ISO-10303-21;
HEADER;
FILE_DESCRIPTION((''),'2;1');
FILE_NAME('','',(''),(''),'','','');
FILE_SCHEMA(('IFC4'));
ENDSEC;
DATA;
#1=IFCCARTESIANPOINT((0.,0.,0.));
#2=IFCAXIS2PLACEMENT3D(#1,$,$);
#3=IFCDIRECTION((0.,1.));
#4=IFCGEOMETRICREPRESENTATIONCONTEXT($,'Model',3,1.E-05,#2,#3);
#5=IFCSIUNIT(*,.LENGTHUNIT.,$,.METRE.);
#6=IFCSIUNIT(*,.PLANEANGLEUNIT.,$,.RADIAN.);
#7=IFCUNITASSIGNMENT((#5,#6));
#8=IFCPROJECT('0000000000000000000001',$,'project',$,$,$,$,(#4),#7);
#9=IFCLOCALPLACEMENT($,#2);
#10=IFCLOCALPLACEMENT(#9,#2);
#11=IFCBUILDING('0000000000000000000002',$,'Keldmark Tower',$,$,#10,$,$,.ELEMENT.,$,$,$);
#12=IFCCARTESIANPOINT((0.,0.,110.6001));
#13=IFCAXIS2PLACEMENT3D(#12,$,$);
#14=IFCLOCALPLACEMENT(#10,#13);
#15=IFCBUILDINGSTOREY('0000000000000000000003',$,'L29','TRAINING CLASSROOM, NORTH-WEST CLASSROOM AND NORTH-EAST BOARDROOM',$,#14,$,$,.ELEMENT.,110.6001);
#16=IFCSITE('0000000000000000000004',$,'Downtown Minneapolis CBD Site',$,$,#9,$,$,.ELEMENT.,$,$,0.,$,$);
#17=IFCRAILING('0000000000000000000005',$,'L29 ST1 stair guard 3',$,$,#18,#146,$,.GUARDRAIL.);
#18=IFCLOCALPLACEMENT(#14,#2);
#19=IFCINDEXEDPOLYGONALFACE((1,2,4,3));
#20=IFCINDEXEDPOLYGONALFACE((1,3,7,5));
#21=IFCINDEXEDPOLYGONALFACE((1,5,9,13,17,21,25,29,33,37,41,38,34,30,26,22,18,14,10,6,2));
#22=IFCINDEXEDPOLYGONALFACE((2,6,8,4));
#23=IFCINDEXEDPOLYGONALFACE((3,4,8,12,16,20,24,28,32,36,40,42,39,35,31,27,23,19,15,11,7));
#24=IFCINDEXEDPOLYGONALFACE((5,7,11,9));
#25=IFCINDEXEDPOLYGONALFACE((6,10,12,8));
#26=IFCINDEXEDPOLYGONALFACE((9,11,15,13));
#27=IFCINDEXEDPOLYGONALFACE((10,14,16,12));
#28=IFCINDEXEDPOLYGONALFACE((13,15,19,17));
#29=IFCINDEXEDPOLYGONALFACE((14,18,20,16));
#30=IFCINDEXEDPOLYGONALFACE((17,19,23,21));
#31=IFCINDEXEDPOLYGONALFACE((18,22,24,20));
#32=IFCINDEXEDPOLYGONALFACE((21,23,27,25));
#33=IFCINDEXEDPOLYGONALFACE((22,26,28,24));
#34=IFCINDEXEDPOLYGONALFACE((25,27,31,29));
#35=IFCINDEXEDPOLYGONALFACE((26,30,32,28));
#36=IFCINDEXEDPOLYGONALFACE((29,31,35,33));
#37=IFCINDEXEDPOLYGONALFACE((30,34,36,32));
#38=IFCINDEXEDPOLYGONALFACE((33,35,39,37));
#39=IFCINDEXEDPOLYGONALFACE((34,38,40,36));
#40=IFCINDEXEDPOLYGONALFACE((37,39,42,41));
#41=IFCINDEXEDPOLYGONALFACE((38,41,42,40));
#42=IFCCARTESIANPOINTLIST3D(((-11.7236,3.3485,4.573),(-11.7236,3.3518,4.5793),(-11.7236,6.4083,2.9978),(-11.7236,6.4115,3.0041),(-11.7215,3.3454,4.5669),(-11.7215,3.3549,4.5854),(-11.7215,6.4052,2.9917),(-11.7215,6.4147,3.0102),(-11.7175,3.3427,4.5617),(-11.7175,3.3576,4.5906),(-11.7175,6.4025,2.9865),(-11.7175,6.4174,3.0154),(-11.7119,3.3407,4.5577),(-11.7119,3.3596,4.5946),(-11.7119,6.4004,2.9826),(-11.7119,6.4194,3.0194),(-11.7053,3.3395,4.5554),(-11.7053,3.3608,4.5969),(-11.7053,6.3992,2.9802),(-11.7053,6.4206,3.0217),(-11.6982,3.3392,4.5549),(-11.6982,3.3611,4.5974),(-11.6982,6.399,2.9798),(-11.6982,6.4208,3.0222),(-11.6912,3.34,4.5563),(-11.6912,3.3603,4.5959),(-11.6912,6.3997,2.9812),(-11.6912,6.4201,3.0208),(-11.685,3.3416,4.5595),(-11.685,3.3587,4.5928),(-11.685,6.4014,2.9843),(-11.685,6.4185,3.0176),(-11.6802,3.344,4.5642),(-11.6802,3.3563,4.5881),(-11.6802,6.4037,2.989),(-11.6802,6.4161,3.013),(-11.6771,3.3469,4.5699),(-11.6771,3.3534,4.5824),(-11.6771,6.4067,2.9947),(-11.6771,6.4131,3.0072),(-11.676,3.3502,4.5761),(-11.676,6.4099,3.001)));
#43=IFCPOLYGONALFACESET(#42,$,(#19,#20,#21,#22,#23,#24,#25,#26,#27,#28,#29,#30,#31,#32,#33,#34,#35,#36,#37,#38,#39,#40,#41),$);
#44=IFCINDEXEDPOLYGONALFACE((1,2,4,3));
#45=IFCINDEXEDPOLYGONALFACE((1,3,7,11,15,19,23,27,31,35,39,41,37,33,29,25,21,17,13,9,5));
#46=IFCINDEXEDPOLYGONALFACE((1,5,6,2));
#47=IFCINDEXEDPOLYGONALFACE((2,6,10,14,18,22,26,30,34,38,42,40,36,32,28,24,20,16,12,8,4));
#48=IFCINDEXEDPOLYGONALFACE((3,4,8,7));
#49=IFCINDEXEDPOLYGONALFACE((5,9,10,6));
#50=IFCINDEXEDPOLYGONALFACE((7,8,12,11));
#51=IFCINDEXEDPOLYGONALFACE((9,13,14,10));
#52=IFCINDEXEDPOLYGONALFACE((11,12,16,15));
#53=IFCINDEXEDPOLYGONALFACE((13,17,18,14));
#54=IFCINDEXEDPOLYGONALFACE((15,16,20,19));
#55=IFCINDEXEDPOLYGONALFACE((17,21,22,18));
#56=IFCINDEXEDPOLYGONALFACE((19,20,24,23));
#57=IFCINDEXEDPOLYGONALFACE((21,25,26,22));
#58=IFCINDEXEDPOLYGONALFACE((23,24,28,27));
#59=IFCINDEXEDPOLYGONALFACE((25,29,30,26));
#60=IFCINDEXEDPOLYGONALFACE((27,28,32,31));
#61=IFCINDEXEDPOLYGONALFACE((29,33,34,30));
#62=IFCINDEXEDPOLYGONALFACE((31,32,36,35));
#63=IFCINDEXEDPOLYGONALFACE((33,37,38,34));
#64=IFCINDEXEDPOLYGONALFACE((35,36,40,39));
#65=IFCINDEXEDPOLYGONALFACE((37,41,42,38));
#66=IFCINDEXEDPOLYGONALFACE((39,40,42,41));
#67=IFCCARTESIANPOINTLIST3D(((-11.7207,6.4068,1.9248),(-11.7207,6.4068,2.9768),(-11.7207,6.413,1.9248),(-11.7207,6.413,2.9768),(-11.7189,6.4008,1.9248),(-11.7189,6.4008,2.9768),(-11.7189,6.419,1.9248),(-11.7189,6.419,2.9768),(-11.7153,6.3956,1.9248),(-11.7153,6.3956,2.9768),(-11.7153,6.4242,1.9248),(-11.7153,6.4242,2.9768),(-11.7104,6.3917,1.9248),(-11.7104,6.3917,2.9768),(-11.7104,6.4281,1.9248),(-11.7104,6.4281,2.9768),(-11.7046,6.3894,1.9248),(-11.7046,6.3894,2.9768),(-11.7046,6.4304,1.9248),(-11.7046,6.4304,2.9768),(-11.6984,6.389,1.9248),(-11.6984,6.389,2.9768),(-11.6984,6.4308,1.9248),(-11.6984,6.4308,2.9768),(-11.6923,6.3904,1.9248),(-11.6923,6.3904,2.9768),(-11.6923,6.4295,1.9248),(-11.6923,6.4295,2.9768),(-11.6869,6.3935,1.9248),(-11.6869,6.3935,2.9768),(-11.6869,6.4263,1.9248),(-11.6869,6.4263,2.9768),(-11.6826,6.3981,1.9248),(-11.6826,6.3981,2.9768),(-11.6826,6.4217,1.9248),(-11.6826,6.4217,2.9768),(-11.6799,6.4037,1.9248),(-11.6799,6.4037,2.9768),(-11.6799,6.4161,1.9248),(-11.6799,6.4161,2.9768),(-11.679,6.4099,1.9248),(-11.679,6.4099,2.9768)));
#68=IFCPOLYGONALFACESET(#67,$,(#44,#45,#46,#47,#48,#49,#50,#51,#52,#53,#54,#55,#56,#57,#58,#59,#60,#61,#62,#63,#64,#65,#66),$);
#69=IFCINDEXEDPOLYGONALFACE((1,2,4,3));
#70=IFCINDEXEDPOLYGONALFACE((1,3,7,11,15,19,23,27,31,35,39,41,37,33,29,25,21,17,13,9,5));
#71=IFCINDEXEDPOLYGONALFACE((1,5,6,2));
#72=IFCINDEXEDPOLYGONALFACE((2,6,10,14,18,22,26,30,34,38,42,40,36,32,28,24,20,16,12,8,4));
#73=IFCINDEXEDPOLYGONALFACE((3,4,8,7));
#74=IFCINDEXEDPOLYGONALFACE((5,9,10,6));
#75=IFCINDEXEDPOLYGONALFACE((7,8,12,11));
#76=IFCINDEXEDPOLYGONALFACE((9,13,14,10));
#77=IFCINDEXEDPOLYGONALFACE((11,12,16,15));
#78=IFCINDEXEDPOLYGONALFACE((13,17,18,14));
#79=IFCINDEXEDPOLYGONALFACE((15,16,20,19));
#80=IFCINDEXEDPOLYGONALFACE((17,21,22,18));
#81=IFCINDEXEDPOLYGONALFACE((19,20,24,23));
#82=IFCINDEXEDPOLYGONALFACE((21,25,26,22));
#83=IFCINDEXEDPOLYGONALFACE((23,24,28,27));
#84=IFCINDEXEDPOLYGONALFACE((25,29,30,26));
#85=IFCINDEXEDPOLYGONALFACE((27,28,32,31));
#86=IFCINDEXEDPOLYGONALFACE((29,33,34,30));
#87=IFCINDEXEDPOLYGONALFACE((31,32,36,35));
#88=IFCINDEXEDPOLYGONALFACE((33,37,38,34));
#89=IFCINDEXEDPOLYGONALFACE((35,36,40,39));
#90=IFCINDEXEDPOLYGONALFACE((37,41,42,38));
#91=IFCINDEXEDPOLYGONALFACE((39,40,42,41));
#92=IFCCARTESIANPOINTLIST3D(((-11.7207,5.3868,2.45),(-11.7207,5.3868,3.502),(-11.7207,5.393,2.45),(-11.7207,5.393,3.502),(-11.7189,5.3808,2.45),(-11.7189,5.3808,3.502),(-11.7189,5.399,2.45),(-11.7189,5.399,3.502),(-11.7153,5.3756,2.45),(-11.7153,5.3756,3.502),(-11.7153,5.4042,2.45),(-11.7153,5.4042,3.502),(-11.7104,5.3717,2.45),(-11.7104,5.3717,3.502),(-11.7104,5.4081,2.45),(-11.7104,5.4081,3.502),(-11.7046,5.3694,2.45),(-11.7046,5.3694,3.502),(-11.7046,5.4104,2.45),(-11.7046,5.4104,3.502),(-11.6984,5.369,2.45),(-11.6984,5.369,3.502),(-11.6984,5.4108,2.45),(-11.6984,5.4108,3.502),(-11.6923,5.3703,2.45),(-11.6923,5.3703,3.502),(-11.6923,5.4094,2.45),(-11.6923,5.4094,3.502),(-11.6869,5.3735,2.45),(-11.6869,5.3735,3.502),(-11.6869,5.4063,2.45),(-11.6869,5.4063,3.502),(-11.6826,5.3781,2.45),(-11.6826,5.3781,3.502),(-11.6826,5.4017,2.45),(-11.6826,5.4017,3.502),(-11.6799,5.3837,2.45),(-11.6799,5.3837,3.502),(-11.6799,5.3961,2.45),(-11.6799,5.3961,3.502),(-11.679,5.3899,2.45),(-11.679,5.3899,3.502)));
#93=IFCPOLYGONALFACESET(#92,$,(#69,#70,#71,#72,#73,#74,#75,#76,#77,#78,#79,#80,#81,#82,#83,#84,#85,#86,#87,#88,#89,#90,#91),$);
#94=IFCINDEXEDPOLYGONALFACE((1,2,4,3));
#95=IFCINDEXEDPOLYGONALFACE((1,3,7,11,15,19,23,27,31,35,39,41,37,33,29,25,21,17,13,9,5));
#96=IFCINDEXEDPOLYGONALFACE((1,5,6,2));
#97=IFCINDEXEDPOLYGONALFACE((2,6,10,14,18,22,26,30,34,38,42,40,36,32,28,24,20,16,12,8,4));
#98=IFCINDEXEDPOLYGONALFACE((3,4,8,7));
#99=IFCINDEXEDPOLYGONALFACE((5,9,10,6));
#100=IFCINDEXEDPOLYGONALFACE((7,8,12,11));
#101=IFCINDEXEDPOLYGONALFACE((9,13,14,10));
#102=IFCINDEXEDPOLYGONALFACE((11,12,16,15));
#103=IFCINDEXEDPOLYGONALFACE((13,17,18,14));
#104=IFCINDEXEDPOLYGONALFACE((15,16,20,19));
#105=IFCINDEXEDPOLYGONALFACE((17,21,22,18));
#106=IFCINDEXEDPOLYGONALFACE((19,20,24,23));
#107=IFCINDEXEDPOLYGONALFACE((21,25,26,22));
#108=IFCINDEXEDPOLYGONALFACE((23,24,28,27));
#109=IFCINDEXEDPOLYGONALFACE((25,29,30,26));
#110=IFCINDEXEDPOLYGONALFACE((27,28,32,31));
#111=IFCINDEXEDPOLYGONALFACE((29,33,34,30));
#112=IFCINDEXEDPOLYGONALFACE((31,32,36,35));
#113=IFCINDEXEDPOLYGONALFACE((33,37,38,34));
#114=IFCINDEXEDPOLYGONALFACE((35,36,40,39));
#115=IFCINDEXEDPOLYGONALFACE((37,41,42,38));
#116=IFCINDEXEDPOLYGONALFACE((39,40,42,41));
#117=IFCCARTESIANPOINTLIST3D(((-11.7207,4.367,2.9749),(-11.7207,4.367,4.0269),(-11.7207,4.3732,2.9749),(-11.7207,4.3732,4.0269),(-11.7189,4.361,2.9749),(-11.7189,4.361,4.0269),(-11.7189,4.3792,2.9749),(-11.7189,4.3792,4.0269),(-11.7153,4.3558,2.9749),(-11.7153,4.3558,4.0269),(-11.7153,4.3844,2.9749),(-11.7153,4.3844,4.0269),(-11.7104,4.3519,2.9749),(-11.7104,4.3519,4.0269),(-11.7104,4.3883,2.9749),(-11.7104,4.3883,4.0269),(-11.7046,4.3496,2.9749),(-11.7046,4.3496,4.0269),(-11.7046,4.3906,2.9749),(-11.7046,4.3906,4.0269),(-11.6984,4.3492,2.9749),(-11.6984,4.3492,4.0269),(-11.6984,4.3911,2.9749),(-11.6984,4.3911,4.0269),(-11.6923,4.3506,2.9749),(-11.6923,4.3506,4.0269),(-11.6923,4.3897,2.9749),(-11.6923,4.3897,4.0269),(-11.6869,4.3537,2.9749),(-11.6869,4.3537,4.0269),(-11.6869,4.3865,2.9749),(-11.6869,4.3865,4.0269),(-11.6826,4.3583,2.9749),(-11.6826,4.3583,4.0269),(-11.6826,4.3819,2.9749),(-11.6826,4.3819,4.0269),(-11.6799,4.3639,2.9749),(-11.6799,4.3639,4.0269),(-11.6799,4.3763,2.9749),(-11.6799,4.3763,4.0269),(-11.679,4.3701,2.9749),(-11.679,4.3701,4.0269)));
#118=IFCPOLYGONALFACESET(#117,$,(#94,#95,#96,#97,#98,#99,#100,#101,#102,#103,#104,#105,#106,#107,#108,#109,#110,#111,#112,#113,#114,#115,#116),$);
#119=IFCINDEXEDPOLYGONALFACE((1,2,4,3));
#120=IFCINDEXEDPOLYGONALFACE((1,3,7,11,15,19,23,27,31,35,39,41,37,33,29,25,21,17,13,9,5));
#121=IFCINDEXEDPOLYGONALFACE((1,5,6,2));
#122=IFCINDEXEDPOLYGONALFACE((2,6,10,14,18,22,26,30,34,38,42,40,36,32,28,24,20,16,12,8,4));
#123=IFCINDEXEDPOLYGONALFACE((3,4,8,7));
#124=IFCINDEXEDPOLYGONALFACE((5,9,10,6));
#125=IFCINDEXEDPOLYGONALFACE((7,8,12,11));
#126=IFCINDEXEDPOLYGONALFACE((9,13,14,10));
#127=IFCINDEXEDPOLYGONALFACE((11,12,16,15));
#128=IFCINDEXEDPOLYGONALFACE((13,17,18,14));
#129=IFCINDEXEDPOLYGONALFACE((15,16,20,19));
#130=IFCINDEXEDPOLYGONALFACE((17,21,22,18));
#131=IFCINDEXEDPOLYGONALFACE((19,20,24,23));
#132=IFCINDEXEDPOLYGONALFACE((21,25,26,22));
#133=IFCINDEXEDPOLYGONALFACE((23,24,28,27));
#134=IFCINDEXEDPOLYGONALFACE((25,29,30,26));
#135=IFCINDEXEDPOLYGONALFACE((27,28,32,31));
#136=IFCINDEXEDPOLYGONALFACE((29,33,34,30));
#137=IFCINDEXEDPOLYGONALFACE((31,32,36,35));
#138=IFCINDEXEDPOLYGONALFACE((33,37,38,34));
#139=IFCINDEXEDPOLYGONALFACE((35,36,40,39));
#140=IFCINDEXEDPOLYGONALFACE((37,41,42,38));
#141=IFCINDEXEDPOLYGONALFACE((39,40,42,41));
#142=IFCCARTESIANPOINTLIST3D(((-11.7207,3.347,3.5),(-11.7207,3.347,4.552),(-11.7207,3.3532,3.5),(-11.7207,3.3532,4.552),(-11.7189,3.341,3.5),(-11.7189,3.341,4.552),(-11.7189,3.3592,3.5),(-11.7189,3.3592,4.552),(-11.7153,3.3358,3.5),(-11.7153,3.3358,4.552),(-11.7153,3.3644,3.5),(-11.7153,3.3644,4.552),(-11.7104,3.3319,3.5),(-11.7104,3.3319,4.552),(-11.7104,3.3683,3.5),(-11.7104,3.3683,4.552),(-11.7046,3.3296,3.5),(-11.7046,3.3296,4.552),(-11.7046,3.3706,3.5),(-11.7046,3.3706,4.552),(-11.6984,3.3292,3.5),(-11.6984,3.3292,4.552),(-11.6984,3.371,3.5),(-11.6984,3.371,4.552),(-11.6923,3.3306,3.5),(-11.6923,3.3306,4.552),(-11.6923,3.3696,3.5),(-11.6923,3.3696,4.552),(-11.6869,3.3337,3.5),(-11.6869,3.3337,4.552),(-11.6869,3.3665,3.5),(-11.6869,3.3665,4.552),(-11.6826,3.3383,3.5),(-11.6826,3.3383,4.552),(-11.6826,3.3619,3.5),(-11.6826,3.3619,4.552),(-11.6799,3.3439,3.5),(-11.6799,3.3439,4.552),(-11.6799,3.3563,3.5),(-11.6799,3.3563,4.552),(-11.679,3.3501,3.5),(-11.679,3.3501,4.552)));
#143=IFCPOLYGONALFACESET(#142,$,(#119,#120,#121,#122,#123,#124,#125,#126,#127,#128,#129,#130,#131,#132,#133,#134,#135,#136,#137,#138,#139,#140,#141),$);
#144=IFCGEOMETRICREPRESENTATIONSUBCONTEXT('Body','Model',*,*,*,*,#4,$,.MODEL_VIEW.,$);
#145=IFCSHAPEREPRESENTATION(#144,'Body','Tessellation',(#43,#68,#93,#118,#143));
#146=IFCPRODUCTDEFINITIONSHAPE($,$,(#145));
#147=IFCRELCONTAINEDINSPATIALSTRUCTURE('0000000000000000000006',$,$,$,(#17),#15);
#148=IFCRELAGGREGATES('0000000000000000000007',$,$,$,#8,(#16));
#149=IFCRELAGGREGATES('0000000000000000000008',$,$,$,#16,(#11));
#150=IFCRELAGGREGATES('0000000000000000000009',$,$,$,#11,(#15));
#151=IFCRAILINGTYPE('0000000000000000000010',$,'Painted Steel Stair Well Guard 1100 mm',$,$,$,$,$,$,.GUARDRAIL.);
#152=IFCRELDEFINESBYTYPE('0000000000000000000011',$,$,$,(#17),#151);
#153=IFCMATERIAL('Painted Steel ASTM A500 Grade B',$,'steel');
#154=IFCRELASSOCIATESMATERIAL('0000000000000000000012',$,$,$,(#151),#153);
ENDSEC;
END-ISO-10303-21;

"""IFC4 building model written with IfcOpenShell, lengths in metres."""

from ifc_helpers import new_model, si_unit, direction, frame, origin, origin_2d, place, context, subcontext, project, spatial, circle, extrude, material, type_object, element, save


model = new_model("IFC4")

# Units and contexts
model_context = context("Model", 3, precision=1e-05, world=origin(), true_north=direction((0.0, 1.0)))
body_context = subcontext(model_context, "Body", "Model", "MODEL_VIEW")
ifc_project = project(units=[si_unit("LENGTHUNIT", "METRE"), si_unit("PLANEANGLEUNIT", "RADIAN")], contexts=[model_context])

# Site, building, storey
site_placement = place(None, origin())
site = spatial("IfcSite", under=ifc_project, at=site_placement, Name="Downtown Minneapolis CBD Site", CompositionType="ELEMENT", RefElevation=0.0)
building_placement = place(site_placement, origin())
building = spatial("IfcBuilding", under=site, at=building_placement, Name="Keldmark Tower", CompositionType="ELEMENT")
storey_placement = place(building_placement, frame((0.0, 0.0, 110.6001)))
storey = spatial("IfcBuildingStorey", under=building, at=storey_placement, Name="L29", Description="TRAINING CLASSROOM, NORTH-WEST CLASSROOM AND NORTH-EAST BOARDROOM", CompositionType="ELEMENT", Elevation=110.6001)

# Railing
ifc_material_1 = material(Name="Painted Steel ASTM A500 Grade B", Category="steel")
railing_type_1 = type_object("IfcRailingType", Name="Painted Steel Stair Well Guard 1100 mm", PredefinedType="GUARDRAIL", material=ifc_material_1)
railing_1_placement = place(storey_placement, frame((-11.7, 6.4099, 1.9248)))
element("IfcRailing", 1, at=railing_1_placement, inside=storey, type_object=railing_type_1, Name="L29 ST1 stair guard 3", PredefinedType="GUARDRAIL", context=body_context, shape_type="SweptSolid", body=[
    extrude(circle(Radius=0.0239, at=origin_2d()), frame((0.0, 0.0, 1.0762), z_axis=(0.0, -0.889101, 0.45771), x_axis=(1.0, 0.0, 0.0)), (0.0, 0.0, 1.0), 3.4414),
    extrude(circle(Radius=0.021, at=origin_2d()), origin(), (0.0, 0.0, 1.0), 1.052),
    extrude(circle(Radius=0.021, at=origin_2d()), frame((0.0, -1.02, 0.5251)), (0.0, 0.0, 1.0), 1.052),
    extrude(circle(Radius=0.021, at=origin_2d()), frame((0.0, -2.0398, 1.05)), (0.0, 0.0, 1.0), 1.052),
    extrude(circle(Radius=0.021, at=origin_2d()), frame((0.0, -3.0598, 1.5752)), (0.0, 0.0, 1.0), 1.052),
])

save(model, "model.ifc")
